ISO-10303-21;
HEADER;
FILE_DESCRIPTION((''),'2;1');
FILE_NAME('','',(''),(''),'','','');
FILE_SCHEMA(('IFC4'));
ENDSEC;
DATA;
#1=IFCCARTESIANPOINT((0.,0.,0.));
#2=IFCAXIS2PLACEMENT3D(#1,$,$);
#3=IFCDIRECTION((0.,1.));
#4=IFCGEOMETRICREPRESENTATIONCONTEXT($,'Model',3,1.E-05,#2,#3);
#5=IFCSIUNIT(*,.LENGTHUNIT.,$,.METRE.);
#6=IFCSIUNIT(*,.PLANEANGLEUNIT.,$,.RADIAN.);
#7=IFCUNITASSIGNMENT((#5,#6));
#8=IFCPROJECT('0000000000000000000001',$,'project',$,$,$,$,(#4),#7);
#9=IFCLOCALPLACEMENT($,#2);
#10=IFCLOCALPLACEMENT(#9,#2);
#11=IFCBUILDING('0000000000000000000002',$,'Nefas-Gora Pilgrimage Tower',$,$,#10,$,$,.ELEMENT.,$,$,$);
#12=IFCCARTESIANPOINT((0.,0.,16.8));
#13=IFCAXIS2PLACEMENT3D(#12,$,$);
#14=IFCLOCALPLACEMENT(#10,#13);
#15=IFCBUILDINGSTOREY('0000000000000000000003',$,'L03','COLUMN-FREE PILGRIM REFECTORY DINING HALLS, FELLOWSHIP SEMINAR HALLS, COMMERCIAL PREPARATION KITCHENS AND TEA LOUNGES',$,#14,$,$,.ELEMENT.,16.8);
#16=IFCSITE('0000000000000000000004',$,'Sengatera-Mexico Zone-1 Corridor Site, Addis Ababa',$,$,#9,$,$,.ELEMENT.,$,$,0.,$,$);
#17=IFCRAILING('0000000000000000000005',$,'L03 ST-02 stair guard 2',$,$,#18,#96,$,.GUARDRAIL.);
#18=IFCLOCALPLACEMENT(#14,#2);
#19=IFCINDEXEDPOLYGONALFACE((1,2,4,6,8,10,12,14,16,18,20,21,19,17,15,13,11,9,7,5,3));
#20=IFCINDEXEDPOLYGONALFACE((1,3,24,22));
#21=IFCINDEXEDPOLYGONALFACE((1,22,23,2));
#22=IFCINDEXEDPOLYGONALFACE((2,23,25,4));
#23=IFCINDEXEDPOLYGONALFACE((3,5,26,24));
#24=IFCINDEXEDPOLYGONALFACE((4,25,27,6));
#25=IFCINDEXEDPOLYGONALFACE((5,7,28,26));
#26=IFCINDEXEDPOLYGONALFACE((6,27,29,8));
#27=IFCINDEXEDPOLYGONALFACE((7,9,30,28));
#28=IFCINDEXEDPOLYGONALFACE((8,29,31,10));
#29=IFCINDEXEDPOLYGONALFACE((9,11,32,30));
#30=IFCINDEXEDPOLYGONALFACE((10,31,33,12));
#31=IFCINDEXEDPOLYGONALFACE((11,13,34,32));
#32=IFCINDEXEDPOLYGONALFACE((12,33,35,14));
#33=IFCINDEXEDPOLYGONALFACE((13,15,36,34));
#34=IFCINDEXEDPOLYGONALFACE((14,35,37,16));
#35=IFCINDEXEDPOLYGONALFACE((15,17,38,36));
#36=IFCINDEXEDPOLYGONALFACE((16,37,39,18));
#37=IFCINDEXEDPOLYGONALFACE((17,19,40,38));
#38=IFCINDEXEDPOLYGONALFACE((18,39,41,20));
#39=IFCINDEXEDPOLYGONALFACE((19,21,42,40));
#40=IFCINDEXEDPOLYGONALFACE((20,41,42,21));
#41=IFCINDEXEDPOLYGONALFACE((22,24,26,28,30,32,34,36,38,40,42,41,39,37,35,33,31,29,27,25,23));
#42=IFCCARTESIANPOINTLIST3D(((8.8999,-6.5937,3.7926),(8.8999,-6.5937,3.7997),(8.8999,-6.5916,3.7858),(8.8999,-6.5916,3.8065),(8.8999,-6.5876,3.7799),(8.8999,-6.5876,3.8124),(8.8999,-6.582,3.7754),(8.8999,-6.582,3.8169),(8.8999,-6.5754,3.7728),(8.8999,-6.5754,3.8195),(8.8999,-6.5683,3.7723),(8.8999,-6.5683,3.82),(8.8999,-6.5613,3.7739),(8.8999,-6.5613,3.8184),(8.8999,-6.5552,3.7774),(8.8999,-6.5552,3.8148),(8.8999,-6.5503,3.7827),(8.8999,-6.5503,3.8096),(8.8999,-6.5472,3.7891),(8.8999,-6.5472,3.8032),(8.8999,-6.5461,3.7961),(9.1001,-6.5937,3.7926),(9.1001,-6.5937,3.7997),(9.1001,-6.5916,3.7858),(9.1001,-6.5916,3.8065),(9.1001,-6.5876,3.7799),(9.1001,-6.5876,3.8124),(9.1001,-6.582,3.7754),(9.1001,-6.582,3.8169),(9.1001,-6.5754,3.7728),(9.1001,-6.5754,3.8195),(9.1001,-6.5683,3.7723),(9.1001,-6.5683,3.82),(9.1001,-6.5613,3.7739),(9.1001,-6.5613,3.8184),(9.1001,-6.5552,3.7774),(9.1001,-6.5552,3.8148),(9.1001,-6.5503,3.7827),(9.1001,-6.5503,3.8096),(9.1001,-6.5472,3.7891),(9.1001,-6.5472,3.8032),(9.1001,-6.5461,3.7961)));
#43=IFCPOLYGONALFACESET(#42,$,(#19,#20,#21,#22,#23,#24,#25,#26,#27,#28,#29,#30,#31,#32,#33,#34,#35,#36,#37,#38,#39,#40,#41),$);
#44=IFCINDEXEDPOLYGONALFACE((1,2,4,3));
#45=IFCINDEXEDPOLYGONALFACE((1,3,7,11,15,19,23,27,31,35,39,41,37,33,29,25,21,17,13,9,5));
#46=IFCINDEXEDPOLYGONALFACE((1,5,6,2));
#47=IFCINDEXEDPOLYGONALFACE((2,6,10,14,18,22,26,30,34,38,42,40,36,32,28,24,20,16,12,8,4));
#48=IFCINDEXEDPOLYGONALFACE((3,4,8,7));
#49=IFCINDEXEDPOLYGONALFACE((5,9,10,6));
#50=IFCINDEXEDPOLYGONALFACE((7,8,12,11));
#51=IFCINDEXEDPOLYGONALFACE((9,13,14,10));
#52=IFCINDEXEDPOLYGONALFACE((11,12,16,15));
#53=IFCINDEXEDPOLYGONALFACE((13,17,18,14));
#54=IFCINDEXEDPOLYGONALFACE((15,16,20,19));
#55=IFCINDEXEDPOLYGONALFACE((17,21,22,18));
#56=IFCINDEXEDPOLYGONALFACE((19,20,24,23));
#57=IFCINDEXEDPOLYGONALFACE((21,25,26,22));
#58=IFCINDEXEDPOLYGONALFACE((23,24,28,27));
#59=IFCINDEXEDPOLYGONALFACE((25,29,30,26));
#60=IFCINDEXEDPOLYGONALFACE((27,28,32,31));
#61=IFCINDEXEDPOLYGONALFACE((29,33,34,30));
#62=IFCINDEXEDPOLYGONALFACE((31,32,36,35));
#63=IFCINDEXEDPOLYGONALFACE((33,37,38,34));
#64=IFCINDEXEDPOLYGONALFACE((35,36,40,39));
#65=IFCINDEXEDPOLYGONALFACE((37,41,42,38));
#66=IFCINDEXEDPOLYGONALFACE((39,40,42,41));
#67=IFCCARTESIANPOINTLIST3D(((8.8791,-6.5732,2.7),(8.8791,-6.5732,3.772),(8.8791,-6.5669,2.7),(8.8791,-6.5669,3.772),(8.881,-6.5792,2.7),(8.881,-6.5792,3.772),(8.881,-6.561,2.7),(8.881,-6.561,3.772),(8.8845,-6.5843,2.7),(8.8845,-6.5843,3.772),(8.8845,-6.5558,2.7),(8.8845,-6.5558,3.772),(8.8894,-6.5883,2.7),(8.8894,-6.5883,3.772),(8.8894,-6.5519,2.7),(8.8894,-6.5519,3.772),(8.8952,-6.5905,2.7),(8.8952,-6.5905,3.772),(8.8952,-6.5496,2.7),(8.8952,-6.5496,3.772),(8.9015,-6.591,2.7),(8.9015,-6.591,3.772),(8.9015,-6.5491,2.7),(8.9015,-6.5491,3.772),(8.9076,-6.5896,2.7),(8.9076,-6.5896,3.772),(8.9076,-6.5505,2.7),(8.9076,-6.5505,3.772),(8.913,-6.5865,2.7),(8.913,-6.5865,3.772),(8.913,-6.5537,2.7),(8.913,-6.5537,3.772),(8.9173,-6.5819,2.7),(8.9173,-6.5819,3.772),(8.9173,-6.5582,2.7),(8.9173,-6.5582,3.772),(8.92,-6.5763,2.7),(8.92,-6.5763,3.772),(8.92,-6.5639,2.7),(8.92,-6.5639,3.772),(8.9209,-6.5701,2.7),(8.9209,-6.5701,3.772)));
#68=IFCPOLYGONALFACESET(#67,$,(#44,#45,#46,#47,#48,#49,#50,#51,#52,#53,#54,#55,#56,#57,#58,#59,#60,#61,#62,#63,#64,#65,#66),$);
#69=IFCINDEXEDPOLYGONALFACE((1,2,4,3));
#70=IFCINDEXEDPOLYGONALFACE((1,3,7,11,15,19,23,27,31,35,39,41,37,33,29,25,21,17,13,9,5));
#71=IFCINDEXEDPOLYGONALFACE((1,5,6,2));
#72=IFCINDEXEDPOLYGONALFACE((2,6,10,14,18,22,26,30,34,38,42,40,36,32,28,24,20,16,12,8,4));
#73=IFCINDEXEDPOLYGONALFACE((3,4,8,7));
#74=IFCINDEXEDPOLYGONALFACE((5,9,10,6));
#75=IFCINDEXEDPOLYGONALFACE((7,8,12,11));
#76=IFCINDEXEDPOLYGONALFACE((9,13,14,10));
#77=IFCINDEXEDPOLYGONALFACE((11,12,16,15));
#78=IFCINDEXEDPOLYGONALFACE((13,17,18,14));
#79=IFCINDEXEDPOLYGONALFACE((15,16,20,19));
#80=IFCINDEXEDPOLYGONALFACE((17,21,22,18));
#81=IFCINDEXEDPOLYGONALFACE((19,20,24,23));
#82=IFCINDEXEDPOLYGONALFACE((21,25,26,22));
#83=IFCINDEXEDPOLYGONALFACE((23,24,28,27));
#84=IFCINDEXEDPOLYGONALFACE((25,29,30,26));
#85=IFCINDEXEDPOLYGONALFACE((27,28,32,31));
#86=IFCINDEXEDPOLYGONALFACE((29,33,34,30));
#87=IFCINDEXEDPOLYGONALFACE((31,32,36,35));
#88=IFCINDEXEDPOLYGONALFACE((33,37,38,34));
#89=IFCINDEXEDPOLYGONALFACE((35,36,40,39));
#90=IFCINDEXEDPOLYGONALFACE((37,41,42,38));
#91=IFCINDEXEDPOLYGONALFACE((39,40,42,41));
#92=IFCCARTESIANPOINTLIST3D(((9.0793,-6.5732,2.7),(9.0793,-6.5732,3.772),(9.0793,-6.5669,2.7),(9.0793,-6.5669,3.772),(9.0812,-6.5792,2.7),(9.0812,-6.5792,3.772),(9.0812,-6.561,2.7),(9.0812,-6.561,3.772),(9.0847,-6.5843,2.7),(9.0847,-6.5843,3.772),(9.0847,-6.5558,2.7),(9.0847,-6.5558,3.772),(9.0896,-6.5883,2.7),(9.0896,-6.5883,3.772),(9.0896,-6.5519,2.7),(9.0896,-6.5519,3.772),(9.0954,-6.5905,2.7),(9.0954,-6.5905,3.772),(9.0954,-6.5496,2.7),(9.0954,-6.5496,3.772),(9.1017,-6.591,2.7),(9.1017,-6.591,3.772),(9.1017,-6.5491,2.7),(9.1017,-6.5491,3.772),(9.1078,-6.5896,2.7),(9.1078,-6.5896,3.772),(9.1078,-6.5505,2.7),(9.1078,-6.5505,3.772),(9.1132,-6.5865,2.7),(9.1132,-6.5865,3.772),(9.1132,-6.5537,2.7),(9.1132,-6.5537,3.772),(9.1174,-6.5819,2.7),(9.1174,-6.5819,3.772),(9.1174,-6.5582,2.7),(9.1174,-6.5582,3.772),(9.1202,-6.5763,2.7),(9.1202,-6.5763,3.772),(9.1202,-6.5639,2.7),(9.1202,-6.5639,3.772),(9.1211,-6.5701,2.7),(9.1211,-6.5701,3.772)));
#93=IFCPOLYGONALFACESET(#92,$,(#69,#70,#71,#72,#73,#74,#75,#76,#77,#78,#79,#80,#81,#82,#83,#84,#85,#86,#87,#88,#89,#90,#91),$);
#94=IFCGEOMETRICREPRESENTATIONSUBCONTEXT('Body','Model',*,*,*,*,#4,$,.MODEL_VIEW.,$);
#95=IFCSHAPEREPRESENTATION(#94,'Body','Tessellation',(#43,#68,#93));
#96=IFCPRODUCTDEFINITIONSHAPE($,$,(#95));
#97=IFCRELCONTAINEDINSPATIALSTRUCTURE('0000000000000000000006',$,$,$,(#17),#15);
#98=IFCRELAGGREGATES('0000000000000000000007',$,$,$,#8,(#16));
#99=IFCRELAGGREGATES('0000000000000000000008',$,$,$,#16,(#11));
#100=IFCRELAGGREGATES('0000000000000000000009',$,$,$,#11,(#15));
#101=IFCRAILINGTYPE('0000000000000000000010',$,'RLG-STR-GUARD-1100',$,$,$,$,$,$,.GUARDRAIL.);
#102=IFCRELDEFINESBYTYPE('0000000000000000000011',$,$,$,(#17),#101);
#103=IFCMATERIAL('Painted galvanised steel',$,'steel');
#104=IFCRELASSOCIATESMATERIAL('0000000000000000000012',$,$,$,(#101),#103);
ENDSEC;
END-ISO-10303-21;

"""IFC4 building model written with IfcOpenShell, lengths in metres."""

from ifc_helpers import new_model, si_unit, direction, frame, origin, origin_2d, place, context, subcontext, project, spatial, circle, extrude, material, type_object, element, save


model = new_model("IFC4")

# Units and contexts
model_context = context("Model", 3, precision=1e-05, world=origin(), true_north=direction((0.0, 1.0)))
body_context = subcontext(model_context, "Body", "Model", "MODEL_VIEW")
ifc_project = project(units=[si_unit("LENGTHUNIT", "METRE"), si_unit("PLANEANGLEUNIT", "RADIAN")], contexts=[model_context])

# Site, building, storey
site_placement = place(None, origin())
site = spatial("IfcSite", under=ifc_project, at=site_placement, Name="Sengatera-Mexico Zone-1 Corridor Site, Addis Ababa", CompositionType="ELEMENT", RefElevation=0.0)
building_placement = place(site_placement, origin())
building = spatial("IfcBuilding", under=site, at=building_placement, Name="Nefas-Gora Pilgrimage Tower", CompositionType="ELEMENT")
storey_placement = place(building_placement, frame((0.0, 0.0, 16.8)))
storey = spatial("IfcBuildingStorey", under=building, at=storey_placement, Name="L03", Description="COLUMN-FREE PILGRIM REFECTORY DINING HALLS, FELLOWSHIP SEMINAR HALLS, COMMERCIAL PREPARATION KITCHENS AND TEA LOUNGES", CompositionType="ELEMENT", Elevation=16.8)

# Railing
ifc_material_1 = material(Name="Painted galvanised steel", Category="steel")
railing_type_1 = type_object("IfcRailingType", Name="RLG-STR-GUARD-1100", PredefinedType="GUARDRAIL", material=ifc_material_1)
railing_1_placement = place(storey_placement, frame((8.8999, -6.5701, 2.7)))
element("IfcRailing", 1, at=railing_1_placement, inside=storey, type_object=railing_type_1, Name="L03 ST-02 stair guard 2", PredefinedType="GUARDRAIL", context=body_context, shape_type="SweptSolid", body=[
    extrude(circle(Radius=0.0239, at=origin_2d()), frame((0.0, 0.0, 1.0962), z_axis=(1.0, 0.0, 0.0), x_axis=(0.0, 1.0, 0.0)), (0.0, 0.0, 1.0), 0.2002),
    extrude(circle(Radius=0.021, at=origin_2d()), origin(), (0.0, 0.0, 1.0), 1.072),
    extrude(circle(Radius=0.021, at=origin_2d()), frame((0.2002, 0.0, 0.0)), (0.0, 0.0, 1.0), 1.072),
])

save(model, "model.ifc")
